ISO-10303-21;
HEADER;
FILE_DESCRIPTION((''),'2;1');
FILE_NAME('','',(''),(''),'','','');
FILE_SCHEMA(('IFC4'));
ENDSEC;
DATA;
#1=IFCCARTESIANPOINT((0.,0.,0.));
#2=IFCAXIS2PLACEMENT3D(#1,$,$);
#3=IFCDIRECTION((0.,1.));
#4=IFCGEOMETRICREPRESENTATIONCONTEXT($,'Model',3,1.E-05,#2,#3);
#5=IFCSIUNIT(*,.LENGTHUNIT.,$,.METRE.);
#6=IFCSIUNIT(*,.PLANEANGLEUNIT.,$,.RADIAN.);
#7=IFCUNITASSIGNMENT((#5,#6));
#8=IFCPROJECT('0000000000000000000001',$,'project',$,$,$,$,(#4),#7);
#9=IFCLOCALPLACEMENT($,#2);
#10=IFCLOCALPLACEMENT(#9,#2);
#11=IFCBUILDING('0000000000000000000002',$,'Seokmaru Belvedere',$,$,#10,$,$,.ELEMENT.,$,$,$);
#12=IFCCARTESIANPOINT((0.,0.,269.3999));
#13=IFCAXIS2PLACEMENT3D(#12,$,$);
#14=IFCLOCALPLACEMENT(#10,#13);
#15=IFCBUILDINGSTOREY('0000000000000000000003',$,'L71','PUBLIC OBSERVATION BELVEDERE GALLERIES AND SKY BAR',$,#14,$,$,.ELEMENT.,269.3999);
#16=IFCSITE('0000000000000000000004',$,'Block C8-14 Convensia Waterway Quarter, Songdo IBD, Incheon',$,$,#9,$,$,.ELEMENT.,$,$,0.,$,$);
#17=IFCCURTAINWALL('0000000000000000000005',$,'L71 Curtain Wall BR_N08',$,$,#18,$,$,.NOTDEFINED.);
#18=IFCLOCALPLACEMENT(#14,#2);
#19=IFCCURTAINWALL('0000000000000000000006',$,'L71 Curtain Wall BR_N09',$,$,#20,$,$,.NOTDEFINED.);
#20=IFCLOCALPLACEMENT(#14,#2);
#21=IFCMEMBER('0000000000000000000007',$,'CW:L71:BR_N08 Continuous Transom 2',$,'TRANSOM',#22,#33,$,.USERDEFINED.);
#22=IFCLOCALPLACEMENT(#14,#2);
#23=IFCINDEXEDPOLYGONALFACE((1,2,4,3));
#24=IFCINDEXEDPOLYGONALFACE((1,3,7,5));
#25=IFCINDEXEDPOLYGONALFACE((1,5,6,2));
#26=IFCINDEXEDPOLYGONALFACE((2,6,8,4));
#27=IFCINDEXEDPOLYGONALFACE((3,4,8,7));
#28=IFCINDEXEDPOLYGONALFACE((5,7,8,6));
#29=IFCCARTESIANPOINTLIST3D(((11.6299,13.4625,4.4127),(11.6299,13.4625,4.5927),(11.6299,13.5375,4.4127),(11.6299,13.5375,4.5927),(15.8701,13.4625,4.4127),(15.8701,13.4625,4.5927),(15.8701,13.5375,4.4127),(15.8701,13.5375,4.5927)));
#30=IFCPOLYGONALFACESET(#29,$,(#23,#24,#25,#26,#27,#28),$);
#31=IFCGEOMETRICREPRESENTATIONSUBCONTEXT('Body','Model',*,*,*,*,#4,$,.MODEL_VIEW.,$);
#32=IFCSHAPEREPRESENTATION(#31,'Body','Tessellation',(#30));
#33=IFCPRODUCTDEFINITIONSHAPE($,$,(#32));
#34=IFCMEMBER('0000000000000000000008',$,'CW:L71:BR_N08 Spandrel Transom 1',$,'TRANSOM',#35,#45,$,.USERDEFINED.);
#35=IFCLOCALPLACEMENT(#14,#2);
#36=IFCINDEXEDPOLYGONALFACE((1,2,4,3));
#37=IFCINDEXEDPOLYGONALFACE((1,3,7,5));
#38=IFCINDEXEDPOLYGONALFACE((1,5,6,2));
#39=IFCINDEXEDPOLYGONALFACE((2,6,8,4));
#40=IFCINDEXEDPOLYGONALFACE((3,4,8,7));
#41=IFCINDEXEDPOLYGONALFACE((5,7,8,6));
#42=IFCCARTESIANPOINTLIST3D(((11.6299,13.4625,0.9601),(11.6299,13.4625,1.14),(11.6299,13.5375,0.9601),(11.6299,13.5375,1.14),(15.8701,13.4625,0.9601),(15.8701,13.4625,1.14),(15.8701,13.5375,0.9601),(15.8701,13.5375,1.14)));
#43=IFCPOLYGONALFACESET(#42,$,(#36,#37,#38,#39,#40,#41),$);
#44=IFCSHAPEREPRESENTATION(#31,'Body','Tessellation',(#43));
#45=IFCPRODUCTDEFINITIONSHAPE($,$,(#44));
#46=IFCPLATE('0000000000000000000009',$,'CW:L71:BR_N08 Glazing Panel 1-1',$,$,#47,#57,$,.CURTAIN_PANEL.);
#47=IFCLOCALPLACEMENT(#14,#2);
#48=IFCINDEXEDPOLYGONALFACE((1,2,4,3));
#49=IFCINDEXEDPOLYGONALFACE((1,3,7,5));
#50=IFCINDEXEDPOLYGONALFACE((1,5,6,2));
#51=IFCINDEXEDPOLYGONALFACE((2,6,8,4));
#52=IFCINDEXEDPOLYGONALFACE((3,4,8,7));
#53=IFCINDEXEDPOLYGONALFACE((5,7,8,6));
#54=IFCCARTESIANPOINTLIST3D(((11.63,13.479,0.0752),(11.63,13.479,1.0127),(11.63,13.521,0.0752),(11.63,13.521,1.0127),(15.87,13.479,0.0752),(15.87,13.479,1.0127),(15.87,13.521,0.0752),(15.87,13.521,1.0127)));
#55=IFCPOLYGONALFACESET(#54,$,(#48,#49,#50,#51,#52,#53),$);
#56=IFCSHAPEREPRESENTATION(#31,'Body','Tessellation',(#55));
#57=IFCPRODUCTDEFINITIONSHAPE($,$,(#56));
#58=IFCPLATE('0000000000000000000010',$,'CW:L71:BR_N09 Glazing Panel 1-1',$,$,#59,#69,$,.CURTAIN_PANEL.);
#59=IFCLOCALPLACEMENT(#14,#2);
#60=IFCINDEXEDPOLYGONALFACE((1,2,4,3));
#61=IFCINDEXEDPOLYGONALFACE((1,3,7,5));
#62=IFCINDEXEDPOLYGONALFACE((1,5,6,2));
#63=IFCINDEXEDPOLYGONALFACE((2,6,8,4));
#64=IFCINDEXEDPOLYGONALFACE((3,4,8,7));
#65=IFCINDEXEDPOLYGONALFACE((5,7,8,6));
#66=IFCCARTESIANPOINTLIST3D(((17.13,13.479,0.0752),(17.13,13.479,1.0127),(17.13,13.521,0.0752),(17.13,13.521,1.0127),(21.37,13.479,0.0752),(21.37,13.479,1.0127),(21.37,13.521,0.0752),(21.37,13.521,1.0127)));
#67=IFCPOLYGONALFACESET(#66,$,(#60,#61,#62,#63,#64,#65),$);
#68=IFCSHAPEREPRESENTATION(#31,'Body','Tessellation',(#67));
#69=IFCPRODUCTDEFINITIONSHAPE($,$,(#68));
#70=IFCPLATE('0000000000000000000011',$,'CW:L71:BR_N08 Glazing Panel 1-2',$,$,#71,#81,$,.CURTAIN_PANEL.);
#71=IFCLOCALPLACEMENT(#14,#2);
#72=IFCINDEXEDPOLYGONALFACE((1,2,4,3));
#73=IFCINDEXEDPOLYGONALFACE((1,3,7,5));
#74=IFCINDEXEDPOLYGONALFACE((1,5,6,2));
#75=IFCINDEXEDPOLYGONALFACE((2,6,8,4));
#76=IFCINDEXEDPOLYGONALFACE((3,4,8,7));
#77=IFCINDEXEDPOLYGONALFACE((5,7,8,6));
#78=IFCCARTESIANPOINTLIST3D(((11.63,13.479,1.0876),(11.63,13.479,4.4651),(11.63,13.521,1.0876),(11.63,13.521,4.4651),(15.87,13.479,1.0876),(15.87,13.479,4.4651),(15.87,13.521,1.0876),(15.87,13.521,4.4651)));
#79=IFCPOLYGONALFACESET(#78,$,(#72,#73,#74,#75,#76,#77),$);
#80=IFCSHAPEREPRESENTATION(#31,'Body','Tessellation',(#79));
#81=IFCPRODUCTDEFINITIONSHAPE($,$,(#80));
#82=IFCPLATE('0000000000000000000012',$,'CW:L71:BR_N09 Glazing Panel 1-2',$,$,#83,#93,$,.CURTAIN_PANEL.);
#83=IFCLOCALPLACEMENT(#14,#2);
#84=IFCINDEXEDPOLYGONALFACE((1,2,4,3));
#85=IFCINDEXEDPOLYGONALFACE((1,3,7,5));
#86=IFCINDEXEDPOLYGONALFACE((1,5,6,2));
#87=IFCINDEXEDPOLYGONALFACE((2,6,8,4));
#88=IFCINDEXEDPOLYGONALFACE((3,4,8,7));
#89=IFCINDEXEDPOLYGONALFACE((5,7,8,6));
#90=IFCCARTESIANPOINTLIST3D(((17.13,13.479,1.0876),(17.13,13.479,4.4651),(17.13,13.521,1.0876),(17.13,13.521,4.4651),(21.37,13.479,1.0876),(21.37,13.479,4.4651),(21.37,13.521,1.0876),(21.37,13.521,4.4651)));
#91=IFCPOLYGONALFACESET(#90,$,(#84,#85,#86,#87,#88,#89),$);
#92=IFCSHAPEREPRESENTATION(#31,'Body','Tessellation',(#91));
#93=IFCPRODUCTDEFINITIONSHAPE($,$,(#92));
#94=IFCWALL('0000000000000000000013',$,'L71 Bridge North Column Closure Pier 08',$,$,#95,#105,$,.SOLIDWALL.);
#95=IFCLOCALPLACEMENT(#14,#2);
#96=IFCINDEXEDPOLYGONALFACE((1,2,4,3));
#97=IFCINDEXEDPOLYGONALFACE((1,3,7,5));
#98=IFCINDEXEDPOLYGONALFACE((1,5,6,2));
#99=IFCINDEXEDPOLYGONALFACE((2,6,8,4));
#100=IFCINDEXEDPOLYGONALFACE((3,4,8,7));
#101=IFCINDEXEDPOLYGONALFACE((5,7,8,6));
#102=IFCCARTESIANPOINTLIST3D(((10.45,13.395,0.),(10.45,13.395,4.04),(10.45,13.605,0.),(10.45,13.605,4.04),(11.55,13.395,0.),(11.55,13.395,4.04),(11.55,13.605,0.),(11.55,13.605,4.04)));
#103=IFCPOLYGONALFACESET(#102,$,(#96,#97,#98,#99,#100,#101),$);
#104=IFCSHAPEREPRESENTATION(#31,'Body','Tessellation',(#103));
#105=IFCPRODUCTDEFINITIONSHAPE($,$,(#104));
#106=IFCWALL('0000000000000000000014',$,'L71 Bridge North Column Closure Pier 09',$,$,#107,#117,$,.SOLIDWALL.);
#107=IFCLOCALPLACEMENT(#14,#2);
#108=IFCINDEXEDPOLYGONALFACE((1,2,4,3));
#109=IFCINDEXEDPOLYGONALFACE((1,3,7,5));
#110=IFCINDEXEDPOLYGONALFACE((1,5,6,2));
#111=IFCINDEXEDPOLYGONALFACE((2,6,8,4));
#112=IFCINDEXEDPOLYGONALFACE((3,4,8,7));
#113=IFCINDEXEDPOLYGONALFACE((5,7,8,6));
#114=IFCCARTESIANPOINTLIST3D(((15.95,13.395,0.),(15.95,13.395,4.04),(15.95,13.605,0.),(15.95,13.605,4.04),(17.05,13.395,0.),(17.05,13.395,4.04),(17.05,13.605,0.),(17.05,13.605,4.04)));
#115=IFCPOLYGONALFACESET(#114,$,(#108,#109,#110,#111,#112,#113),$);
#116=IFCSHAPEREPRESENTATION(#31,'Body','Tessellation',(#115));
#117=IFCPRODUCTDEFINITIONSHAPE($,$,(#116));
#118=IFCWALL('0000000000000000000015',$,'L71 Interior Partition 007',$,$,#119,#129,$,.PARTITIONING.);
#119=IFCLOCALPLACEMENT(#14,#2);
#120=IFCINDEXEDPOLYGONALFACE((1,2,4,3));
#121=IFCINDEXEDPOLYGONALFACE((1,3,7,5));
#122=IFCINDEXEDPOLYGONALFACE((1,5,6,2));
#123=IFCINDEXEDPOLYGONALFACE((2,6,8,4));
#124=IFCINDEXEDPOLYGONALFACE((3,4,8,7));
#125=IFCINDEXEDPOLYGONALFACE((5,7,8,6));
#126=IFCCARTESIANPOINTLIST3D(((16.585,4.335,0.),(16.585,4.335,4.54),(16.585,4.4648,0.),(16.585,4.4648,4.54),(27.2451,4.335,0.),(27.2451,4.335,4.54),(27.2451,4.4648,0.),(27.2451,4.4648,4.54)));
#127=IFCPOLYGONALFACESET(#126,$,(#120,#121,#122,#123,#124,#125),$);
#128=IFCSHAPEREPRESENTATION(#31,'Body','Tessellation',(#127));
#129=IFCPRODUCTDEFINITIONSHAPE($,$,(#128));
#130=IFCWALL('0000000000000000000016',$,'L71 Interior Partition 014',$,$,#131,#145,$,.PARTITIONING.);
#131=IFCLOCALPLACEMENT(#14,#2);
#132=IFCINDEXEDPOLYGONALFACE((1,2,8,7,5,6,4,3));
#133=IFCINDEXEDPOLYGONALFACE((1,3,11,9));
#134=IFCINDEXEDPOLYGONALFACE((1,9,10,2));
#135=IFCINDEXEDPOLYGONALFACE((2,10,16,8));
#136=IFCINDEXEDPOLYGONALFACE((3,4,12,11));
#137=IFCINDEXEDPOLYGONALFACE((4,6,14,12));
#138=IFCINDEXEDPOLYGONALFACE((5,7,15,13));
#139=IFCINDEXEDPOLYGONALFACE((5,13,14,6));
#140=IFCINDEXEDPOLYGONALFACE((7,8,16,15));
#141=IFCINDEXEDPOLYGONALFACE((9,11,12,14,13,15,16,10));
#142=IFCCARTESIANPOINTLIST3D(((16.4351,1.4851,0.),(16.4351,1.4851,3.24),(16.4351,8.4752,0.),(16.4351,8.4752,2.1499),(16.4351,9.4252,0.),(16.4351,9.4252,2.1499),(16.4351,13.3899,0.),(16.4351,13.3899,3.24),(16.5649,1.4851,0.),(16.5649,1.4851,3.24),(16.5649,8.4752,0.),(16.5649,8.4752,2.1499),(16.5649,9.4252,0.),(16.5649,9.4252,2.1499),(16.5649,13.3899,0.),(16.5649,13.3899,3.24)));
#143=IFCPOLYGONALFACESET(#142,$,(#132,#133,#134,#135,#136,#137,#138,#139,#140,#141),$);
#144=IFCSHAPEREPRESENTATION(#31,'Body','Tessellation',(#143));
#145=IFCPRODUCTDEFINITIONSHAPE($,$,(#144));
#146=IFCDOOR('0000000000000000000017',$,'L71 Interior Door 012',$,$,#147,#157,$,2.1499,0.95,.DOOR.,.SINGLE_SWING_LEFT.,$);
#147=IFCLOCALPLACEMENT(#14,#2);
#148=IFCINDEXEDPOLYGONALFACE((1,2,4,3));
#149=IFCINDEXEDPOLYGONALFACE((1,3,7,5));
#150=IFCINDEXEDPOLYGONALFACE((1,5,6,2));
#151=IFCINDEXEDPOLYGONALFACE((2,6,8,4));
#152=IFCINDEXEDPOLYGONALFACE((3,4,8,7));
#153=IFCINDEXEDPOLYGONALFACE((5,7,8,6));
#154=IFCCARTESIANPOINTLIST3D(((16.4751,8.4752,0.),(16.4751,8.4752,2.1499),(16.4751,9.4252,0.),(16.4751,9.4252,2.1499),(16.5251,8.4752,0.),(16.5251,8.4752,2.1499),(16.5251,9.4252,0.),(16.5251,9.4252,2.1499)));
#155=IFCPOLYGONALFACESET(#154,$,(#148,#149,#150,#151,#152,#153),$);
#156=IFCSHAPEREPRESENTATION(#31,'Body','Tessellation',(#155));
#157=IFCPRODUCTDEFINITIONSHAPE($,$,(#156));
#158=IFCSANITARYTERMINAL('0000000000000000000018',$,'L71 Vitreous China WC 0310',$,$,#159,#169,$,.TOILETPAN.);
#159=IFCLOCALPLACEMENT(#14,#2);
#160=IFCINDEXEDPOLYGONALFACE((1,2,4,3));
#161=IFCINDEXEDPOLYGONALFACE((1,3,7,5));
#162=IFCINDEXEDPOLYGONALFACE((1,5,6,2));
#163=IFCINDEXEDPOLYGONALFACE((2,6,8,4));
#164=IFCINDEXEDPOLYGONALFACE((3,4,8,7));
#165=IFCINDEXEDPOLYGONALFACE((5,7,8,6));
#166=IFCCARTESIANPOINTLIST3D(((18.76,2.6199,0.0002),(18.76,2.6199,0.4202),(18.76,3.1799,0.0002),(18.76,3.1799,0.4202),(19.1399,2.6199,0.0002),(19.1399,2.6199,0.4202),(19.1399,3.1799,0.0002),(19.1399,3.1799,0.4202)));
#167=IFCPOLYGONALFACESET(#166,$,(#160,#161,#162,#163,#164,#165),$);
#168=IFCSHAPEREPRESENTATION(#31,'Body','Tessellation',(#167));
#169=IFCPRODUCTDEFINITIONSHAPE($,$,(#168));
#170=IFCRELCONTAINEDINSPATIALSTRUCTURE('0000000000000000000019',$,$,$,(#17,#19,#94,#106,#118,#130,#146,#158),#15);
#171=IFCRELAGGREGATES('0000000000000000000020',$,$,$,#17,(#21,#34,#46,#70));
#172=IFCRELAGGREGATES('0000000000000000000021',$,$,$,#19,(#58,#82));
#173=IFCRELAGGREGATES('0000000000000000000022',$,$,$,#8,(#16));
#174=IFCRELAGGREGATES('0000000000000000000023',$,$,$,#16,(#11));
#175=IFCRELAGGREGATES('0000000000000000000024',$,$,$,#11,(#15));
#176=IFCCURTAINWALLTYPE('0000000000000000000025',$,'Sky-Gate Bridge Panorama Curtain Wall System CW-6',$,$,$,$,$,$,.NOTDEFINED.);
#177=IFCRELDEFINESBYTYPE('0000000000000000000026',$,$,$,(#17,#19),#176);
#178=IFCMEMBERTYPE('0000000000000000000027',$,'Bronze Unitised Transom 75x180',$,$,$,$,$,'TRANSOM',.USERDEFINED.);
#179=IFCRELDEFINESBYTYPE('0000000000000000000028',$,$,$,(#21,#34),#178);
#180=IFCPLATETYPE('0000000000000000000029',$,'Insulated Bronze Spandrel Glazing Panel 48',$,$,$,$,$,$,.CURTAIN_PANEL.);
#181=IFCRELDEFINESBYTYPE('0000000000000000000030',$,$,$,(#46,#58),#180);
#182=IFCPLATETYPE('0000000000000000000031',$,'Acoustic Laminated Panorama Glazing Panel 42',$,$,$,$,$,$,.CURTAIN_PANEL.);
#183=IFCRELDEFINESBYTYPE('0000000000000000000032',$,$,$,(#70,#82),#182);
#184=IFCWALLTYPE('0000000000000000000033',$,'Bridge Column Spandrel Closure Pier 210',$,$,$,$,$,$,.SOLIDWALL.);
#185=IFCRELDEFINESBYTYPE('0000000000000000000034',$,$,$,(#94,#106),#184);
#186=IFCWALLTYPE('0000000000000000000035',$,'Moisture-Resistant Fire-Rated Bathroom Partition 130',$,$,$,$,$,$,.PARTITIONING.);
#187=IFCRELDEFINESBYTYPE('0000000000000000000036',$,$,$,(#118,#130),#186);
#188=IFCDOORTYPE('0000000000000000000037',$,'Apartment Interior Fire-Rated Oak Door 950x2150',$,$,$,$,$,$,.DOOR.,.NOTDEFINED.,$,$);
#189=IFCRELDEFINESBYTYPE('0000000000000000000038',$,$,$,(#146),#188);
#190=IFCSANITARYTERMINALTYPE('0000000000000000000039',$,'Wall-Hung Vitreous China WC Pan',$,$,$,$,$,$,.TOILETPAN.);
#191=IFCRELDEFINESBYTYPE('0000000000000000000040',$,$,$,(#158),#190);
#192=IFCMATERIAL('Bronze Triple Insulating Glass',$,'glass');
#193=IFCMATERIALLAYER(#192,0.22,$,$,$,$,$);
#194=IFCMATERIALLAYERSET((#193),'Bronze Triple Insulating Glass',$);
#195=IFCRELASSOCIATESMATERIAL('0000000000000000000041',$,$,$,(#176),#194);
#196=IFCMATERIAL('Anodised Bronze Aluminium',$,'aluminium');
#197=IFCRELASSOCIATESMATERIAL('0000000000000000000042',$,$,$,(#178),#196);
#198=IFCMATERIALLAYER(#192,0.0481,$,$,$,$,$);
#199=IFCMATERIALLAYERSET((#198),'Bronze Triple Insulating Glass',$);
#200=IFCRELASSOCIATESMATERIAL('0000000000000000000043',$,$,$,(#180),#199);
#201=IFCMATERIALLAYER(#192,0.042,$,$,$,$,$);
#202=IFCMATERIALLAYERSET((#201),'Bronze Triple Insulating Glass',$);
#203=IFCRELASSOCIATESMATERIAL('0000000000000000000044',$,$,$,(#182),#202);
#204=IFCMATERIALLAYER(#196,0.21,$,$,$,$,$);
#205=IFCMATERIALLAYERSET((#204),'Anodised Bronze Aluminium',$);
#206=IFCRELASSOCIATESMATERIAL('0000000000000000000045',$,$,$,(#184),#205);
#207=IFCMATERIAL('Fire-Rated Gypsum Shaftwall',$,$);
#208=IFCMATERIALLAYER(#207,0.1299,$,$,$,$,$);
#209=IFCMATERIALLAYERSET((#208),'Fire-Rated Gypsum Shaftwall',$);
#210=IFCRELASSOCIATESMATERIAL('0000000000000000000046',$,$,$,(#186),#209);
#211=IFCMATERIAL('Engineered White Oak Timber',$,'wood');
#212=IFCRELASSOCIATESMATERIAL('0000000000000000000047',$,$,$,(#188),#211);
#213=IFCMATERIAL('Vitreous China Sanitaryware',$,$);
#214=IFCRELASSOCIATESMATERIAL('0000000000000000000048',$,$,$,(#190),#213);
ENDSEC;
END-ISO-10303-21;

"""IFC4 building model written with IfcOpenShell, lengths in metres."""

from ifc_helpers import new_model, si_unit, direction, frame, frame_2d, origin, origin_2d, place, context, subcontext, project, spatial, rectangle, extrude, source, transform, mapped, material, layer, layer_set, material_profile, profile_set, type_object, type_shapes, element, fill, aggregate, save


model = new_model("IFC4")

# Units and contexts
model_context = context("Model", 3, precision=1e-05, world=origin(), true_north=direction((0.0, 1.0)))
body_context = subcontext(model_context, "Body", "Model", "MODEL_VIEW")
ifc_project = project(units=[si_unit("LENGTHUNIT", "METRE"), si_unit("PLANEANGLEUNIT", "RADIAN")], contexts=[model_context])

# Site, building, storey
site_placement = place(None, origin())
site = spatial("IfcSite", under=ifc_project, at=site_placement, Name="Block C8-14 Convensia Waterway Quarter, Songdo IBD, Incheon", CompositionType="ELEMENT", RefElevation=0.0)
building_placement = place(site_placement, origin())
building = spatial("IfcBuilding", under=site, at=building_placement, Name="Seokmaru Belvedere", CompositionType="ELEMENT")
storey_placement = place(building_placement, frame((0.0, 0.0, 269.3999)))
storey = spatial("IfcBuildingStorey", under=building, at=storey_placement, Name="L71", Description="PUBLIC OBSERVATION BELVEDERE GALLERIES AND SKY BAR", CompositionType="ELEMENT", Elevation=269.3999)

# Shared definitions
ifc_material_1 = material(Name="Bronze Triple Insulating Glass", Category="glass")
ifc_layer_1 = layer(ifc_material_1, 0.22)
ifc_layer_set_1 = layer_set([ifc_layer_1], Name="Bronze Triple Insulating Glass")
curtain_wall_type = type_object("IfcCurtainWallType", Name="Sky-Gate Bridge Panorama Curtain Wall System CW-6", PredefinedType="NOTDEFINED", material=ifc_layer_set_1)
ifc_material_2 = material(Name="Anodised Bronze Aluminium", Category="aluminium")

# Curtain wall
curtain_wall_1_placement = place(storey_placement, origin())
curtain_wall_1 = element("IfcCurtainWall", 1, at=curtain_wall_1_placement, inside=storey, type_object=curtain_wall_type, Name="L71 Curtain Wall BR_N08", PredefinedType="NOTDEFINED")

# Curtain wall
curtain_wall_2_placement = place(storey_placement, origin())
curtain_wall_2 = element("IfcCurtainWall", 2, at=curtain_wall_2_placement, inside=storey, type_object=curtain_wall_type, Name="L71 Curtain Wall BR_N09", PredefinedType="NOTDEFINED")

# Members
ifc_material_profile_1 = material_profile(ifc_material_2, rectangle(XDim=0.075, YDim=0.1799, at=origin_2d()), Name="CW-T-75x180")
ifc_profile_set_1 = profile_set([ifc_material_profile_1], Name="Anodised Bronze Aluminium")
member_type_1 = type_object("IfcMemberType", Name="Bronze Unitised Transom 75x180", ElementType="TRANSOM", PredefinedType="USERDEFINED", material=ifc_profile_set_1)
shared_shape_1 = source(origin(), body_context, "Body", "SweptSolid", [
    extrude(rectangle(XDim=0.075, YDim=0.1799, at=origin_2d()), origin(), (0.0, 0.0, 1.0), 4.2402),
])
type_shapes(member_type_1, [shared_shape_1])
member_1_placement = place(storey_placement, frame((15.8701, 13.5, 4.5027), z_axis=(-1.0, 0.0, 0.0), x_axis=(0.0, -1.0, 0.0)))
member_1 = element("IfcMember", 3, at=member_1_placement, type_object=member_type_1, Name="CW:L71:BR_N08 Continuous Transom 2", ObjectType="TRANSOM", PredefinedType="USERDEFINED", context=body_context, shape_type="MappedRepresentation", body=[
    mapped(shared_shape_1, transform((0.0, 0.0, 0.0), scale=1.0)),
])
member_2_placement = place(storey_placement, frame((15.8701, 13.5, 1.05), z_axis=(-1.0, 0.0, 0.0), x_axis=(0.0, -1.0, 0.0)))
member_2 = element("IfcMember", 4, at=member_2_placement, type_object=member_type_1, Name="CW:L71:BR_N08 Spandrel Transom 1", ObjectType="TRANSOM", PredefinedType="USERDEFINED", context=body_context, shape_type="MappedRepresentation", body=[
    mapped(shared_shape_1, transform((0.0, 0.0, 0.0), scale=1.0)),
])

# Plates
ifc_layer_2 = layer(ifc_material_1, 0.0481)
ifc_layer_set_2 = layer_set([ifc_layer_2], Name="Bronze Triple Insulating Glass")
plate_type_1 = type_object("IfcPlateType", Name="Insulated Bronze Spandrel Glazing Panel 48", PredefinedType="CURTAIN_PANEL", material=ifc_layer_set_2)
shared_shape_2 = source(origin(), body_context, "Body", "SweptSolid", [
    extrude(rectangle(XDim=4.24, YDim=0.042, at=origin_2d()), origin(), (0.0, 0.0, 1.0), 0.9375),
])
type_shapes(plate_type_1, [shared_shape_2])
plate_1_placement = place(storey_placement, frame((13.75, 13.5, 0.0752), z_axis=(0.0, 0.0, 1.0), x_axis=(-1.0, 0.0, 0.0)))
plate_1 = element("IfcPlate", 5, at=plate_1_placement, type_object=plate_type_1, Name="CW:L71:BR_N08 Glazing Panel 1-1", PredefinedType="CURTAIN_PANEL", context=body_context, shape_type="MappedRepresentation", body=[
    mapped(shared_shape_2, transform((0.0, 0.0, 0.0), scale=1.0)),
])
plate_2_placement = place(storey_placement, frame((19.25, 13.5, 0.0752), z_axis=(0.0, 0.0, 1.0), x_axis=(-1.0, 0.0, 0.0)))
plate_2 = element("IfcPlate", 6, at=plate_2_placement, type_object=plate_type_1, Name="CW:L71:BR_N09 Glazing Panel 1-1", PredefinedType="CURTAIN_PANEL", context=body_context, shape_type="MappedRepresentation", body=[
    mapped(shared_shape_2, transform((0.0, 0.0, 0.0), scale=1.0)),
])
ifc_layer_3 = layer(ifc_material_1, 0.042)
ifc_layer_set_3 = layer_set([ifc_layer_3], Name="Bronze Triple Insulating Glass")
plate_type_2 = type_object("IfcPlateType", Name="Acoustic Laminated Panorama Glazing Panel 42", PredefinedType="CURTAIN_PANEL", material=ifc_layer_set_3)
shared_shape_3 = source(origin(), body_context, "Body", "SweptSolid", [
    extrude(rectangle(XDim=4.24, YDim=0.042, at=origin_2d()), origin(), (0.0, 0.0, 1.0), 3.3774),
])
type_shapes(plate_type_2, [shared_shape_3])
plate_3_placement = place(storey_placement, frame((13.75, 13.5, 1.0876), z_axis=(0.0, 0.0, 1.0), x_axis=(-1.0, 0.0, 0.0)))
plate_3 = element("IfcPlate", 7, at=plate_3_placement, type_object=plate_type_2, Name="CW:L71:BR_N08 Glazing Panel 1-2", PredefinedType="CURTAIN_PANEL", context=body_context, shape_type="MappedRepresentation", body=[
    mapped(shared_shape_3, transform((0.0, 0.0, 0.0), scale=1.0)),
])
aggregate(curtain_wall_1, [member_1, member_2, plate_1, plate_3])
plate_4_placement = place(storey_placement, frame((19.25, 13.5, 1.0876), z_axis=(0.0, 0.0, 1.0), x_axis=(-1.0, 0.0, 0.0)))
plate_4 = element("IfcPlate", 8, at=plate_4_placement, type_object=plate_type_2, Name="CW:L71:BR_N09 Glazing Panel 1-2", PredefinedType="CURTAIN_PANEL", context=body_context, shape_type="MappedRepresentation", body=[
    mapped(shared_shape_3, transform((0.0, 0.0, 0.0), scale=1.0)),
])
aggregate(curtain_wall_2, [plate_2, plate_4])

# Walls
ifc_layer_4 = layer(ifc_material_2, 0.21)
ifc_layer_set_4 = layer_set([ifc_layer_4], Name="Anodised Bronze Aluminium")
wall_type_1 = type_object("IfcWallType", Name="Bridge Column Spandrel Closure Pier 210", PredefinedType="SOLIDWALL", material=ifc_layer_set_4)
for number, where, z_axis, x_axis, name in (
    (9, (10.45, 13.5, 0.0), (0.0, 0.0, 1.0), (1.0, 0.0, 0.0), "L71 Bridge North Column Closure Pier 08"),
    (10, (15.95, 13.5, 0.0), (0.0, 0.0, 1.0), (1.0, 0.0, 0.0), "L71 Bridge North Column Closure Pier 09"),
):
    element("IfcWall", number, at=place(storey_placement, frame(where, z_axis=z_axis, x_axis=x_axis)), inside=storey, type_object=wall_type_1, Name=name, PredefinedType="SOLIDWALL", context=body_context, shape_type="SweptSolid", body=[
        extrude(rectangle(XDim=1.1001, YDim=0.21, at=frame_2d((0.55, 0.0))), origin(), (0.0, 0.0, 1.0), 4.04),
    ])
ifc_material_3 = material(Name="Fire-Rated Gypsum Shaftwall")
ifc_layer_5 = layer(ifc_material_3, 0.1299)
ifc_layer_set_5 = layer_set([ifc_layer_5], Name="Fire-Rated Gypsum Shaftwall")
wall_type_2 = type_object("IfcWallType", Name="Moisture-Resistant Fire-Rated Bathroom Partition 130", PredefinedType="PARTITIONING", material=ifc_layer_set_5)
wall_1_placement = place(storey_placement, frame((16.585, 4.3999, 0.0), z_axis=(0.0, 0.0, 1.0), x_axis=(1.0, 0.0, 0.0)))
element("IfcWall", 11, at=wall_1_placement, inside=storey, type_object=wall_type_2, Name="L71 Interior Partition 007", PredefinedType="PARTITIONING", context=body_context, shape_type="SweptSolid", body=[
    extrude(rectangle(XDim=10.6602, YDim=0.1299, at=frame_2d((5.3301, 0.0))), origin(), (0.0, 0.0, 1.0), 4.54),
])

# Wall, opening, door
wall_2_placement = place(storey_placement, frame((16.5, 1.4851, 0.0), z_axis=(0.0, 0.0, 1.0), x_axis=(0.0, 1.0, 0.0)))
wall_2 = element("IfcWall", 12, at=wall_2_placement, inside=storey, type_object=wall_type_2, Name="L71 Interior Partition 014", PredefinedType="PARTITIONING", context=body_context, shape_type="SweptSolid", body=[
    extrude(rectangle(XDim=11.9048, YDim=0.1299, at=frame_2d((5.9524, 0.0))), origin(), (0.0, 0.0, 1.0), 3.24),
])
opening_placement = place(wall_2_placement, frame((6.99, 0.0, 0.0)))
opening = element("IfcOpeningElement", 13, at=opening_placement, cuts=wall_2, PredefinedType="OPENING", context=body_context, shape_type="SweptSolid", body=[
    extrude(rectangle(XDim=0.95, YDim=2.1499, at=frame_2d((0.4751, 1.075))), frame((0.0, 0.075, 0.0), z_axis=(0.0, -1.0, 0.0), x_axis=(1.0, 0.0, 0.0)), (0.0, 0.0, 1.0), 0.1499),
])
ifc_material_4 = material(Name="Engineered White Oak Timber", Category="wood")
door_type = type_object("IfcDoorType", Name="Apartment Interior Fire-Rated Oak Door 950x2150", OperationType="NOTDEFINED", PredefinedType="DOOR", material=ifc_material_4)
shared_shape_4 = source(origin(), body_context, "Body", "SweptSolid", [
    extrude(rectangle(XDim=0.95, YDim=2.1499, at=frame_2d((0.4751, 1.075))), frame((0.0, 0.0249, 0.0), z_axis=(0.0, -1.0, 0.0), x_axis=(1.0, 0.0, 0.0)), (0.0, 0.0, 1.0), 0.05),
])
type_shapes(door_type, [shared_shape_4])
door_placement = place(opening_placement, origin())
door = element("IfcDoor", 14, at=door_placement, inside=storey, type_object=door_type, Name="L71 Interior Door 012", OperationType="SINGLE_SWING_LEFT", OverallHeight=2.1499, OverallWidth=0.95, PredefinedType="DOOR", context=body_context, shape_type="MappedRepresentation", body=[
    mapped(shared_shape_4, transform((0.0, 0.0, 0.0), scale=1.0)),
])
fill(opening, door)

# Sanitary terminal
ifc_material_5 = material(Name="Vitreous China Sanitaryware")
sanitary_terminal_type_1 = type_object("IfcSanitaryTerminalType", Name="Wall-Hung Vitreous China WC Pan", PredefinedType="TOILETPAN", material=ifc_material_5)
shared_shape_5 = source(origin(), body_context, "Body", "SweptSolid", [
    extrude(rectangle(XDim=0.3799, YDim=0.5601, at=origin_2d()), origin(), (0.0, 0.0, 1.0), 0.4199),
])
type_shapes(sanitary_terminal_type_1, [shared_shape_5])
sanitary_terminal_1_placement = place(storey_placement, frame((18.95, 2.8999, 0.0002), z_axis=(0.0, 0.0, 1.0), x_axis=(1.0, 0.0, 0.0)))
element("IfcSanitaryTerminal", 15, at=sanitary_terminal_1_placement, inside=storey, type_object=sanitary_terminal_type_1, Name="L71 Vitreous China WC 0310", PredefinedType="TOILETPAN", context=body_context, shape_type="MappedRepresentation", body=[
    mapped(shared_shape_5, transform((0.0, 0.0, 0.0), scale=1.0)),
])

save(model, "model.ifc")
